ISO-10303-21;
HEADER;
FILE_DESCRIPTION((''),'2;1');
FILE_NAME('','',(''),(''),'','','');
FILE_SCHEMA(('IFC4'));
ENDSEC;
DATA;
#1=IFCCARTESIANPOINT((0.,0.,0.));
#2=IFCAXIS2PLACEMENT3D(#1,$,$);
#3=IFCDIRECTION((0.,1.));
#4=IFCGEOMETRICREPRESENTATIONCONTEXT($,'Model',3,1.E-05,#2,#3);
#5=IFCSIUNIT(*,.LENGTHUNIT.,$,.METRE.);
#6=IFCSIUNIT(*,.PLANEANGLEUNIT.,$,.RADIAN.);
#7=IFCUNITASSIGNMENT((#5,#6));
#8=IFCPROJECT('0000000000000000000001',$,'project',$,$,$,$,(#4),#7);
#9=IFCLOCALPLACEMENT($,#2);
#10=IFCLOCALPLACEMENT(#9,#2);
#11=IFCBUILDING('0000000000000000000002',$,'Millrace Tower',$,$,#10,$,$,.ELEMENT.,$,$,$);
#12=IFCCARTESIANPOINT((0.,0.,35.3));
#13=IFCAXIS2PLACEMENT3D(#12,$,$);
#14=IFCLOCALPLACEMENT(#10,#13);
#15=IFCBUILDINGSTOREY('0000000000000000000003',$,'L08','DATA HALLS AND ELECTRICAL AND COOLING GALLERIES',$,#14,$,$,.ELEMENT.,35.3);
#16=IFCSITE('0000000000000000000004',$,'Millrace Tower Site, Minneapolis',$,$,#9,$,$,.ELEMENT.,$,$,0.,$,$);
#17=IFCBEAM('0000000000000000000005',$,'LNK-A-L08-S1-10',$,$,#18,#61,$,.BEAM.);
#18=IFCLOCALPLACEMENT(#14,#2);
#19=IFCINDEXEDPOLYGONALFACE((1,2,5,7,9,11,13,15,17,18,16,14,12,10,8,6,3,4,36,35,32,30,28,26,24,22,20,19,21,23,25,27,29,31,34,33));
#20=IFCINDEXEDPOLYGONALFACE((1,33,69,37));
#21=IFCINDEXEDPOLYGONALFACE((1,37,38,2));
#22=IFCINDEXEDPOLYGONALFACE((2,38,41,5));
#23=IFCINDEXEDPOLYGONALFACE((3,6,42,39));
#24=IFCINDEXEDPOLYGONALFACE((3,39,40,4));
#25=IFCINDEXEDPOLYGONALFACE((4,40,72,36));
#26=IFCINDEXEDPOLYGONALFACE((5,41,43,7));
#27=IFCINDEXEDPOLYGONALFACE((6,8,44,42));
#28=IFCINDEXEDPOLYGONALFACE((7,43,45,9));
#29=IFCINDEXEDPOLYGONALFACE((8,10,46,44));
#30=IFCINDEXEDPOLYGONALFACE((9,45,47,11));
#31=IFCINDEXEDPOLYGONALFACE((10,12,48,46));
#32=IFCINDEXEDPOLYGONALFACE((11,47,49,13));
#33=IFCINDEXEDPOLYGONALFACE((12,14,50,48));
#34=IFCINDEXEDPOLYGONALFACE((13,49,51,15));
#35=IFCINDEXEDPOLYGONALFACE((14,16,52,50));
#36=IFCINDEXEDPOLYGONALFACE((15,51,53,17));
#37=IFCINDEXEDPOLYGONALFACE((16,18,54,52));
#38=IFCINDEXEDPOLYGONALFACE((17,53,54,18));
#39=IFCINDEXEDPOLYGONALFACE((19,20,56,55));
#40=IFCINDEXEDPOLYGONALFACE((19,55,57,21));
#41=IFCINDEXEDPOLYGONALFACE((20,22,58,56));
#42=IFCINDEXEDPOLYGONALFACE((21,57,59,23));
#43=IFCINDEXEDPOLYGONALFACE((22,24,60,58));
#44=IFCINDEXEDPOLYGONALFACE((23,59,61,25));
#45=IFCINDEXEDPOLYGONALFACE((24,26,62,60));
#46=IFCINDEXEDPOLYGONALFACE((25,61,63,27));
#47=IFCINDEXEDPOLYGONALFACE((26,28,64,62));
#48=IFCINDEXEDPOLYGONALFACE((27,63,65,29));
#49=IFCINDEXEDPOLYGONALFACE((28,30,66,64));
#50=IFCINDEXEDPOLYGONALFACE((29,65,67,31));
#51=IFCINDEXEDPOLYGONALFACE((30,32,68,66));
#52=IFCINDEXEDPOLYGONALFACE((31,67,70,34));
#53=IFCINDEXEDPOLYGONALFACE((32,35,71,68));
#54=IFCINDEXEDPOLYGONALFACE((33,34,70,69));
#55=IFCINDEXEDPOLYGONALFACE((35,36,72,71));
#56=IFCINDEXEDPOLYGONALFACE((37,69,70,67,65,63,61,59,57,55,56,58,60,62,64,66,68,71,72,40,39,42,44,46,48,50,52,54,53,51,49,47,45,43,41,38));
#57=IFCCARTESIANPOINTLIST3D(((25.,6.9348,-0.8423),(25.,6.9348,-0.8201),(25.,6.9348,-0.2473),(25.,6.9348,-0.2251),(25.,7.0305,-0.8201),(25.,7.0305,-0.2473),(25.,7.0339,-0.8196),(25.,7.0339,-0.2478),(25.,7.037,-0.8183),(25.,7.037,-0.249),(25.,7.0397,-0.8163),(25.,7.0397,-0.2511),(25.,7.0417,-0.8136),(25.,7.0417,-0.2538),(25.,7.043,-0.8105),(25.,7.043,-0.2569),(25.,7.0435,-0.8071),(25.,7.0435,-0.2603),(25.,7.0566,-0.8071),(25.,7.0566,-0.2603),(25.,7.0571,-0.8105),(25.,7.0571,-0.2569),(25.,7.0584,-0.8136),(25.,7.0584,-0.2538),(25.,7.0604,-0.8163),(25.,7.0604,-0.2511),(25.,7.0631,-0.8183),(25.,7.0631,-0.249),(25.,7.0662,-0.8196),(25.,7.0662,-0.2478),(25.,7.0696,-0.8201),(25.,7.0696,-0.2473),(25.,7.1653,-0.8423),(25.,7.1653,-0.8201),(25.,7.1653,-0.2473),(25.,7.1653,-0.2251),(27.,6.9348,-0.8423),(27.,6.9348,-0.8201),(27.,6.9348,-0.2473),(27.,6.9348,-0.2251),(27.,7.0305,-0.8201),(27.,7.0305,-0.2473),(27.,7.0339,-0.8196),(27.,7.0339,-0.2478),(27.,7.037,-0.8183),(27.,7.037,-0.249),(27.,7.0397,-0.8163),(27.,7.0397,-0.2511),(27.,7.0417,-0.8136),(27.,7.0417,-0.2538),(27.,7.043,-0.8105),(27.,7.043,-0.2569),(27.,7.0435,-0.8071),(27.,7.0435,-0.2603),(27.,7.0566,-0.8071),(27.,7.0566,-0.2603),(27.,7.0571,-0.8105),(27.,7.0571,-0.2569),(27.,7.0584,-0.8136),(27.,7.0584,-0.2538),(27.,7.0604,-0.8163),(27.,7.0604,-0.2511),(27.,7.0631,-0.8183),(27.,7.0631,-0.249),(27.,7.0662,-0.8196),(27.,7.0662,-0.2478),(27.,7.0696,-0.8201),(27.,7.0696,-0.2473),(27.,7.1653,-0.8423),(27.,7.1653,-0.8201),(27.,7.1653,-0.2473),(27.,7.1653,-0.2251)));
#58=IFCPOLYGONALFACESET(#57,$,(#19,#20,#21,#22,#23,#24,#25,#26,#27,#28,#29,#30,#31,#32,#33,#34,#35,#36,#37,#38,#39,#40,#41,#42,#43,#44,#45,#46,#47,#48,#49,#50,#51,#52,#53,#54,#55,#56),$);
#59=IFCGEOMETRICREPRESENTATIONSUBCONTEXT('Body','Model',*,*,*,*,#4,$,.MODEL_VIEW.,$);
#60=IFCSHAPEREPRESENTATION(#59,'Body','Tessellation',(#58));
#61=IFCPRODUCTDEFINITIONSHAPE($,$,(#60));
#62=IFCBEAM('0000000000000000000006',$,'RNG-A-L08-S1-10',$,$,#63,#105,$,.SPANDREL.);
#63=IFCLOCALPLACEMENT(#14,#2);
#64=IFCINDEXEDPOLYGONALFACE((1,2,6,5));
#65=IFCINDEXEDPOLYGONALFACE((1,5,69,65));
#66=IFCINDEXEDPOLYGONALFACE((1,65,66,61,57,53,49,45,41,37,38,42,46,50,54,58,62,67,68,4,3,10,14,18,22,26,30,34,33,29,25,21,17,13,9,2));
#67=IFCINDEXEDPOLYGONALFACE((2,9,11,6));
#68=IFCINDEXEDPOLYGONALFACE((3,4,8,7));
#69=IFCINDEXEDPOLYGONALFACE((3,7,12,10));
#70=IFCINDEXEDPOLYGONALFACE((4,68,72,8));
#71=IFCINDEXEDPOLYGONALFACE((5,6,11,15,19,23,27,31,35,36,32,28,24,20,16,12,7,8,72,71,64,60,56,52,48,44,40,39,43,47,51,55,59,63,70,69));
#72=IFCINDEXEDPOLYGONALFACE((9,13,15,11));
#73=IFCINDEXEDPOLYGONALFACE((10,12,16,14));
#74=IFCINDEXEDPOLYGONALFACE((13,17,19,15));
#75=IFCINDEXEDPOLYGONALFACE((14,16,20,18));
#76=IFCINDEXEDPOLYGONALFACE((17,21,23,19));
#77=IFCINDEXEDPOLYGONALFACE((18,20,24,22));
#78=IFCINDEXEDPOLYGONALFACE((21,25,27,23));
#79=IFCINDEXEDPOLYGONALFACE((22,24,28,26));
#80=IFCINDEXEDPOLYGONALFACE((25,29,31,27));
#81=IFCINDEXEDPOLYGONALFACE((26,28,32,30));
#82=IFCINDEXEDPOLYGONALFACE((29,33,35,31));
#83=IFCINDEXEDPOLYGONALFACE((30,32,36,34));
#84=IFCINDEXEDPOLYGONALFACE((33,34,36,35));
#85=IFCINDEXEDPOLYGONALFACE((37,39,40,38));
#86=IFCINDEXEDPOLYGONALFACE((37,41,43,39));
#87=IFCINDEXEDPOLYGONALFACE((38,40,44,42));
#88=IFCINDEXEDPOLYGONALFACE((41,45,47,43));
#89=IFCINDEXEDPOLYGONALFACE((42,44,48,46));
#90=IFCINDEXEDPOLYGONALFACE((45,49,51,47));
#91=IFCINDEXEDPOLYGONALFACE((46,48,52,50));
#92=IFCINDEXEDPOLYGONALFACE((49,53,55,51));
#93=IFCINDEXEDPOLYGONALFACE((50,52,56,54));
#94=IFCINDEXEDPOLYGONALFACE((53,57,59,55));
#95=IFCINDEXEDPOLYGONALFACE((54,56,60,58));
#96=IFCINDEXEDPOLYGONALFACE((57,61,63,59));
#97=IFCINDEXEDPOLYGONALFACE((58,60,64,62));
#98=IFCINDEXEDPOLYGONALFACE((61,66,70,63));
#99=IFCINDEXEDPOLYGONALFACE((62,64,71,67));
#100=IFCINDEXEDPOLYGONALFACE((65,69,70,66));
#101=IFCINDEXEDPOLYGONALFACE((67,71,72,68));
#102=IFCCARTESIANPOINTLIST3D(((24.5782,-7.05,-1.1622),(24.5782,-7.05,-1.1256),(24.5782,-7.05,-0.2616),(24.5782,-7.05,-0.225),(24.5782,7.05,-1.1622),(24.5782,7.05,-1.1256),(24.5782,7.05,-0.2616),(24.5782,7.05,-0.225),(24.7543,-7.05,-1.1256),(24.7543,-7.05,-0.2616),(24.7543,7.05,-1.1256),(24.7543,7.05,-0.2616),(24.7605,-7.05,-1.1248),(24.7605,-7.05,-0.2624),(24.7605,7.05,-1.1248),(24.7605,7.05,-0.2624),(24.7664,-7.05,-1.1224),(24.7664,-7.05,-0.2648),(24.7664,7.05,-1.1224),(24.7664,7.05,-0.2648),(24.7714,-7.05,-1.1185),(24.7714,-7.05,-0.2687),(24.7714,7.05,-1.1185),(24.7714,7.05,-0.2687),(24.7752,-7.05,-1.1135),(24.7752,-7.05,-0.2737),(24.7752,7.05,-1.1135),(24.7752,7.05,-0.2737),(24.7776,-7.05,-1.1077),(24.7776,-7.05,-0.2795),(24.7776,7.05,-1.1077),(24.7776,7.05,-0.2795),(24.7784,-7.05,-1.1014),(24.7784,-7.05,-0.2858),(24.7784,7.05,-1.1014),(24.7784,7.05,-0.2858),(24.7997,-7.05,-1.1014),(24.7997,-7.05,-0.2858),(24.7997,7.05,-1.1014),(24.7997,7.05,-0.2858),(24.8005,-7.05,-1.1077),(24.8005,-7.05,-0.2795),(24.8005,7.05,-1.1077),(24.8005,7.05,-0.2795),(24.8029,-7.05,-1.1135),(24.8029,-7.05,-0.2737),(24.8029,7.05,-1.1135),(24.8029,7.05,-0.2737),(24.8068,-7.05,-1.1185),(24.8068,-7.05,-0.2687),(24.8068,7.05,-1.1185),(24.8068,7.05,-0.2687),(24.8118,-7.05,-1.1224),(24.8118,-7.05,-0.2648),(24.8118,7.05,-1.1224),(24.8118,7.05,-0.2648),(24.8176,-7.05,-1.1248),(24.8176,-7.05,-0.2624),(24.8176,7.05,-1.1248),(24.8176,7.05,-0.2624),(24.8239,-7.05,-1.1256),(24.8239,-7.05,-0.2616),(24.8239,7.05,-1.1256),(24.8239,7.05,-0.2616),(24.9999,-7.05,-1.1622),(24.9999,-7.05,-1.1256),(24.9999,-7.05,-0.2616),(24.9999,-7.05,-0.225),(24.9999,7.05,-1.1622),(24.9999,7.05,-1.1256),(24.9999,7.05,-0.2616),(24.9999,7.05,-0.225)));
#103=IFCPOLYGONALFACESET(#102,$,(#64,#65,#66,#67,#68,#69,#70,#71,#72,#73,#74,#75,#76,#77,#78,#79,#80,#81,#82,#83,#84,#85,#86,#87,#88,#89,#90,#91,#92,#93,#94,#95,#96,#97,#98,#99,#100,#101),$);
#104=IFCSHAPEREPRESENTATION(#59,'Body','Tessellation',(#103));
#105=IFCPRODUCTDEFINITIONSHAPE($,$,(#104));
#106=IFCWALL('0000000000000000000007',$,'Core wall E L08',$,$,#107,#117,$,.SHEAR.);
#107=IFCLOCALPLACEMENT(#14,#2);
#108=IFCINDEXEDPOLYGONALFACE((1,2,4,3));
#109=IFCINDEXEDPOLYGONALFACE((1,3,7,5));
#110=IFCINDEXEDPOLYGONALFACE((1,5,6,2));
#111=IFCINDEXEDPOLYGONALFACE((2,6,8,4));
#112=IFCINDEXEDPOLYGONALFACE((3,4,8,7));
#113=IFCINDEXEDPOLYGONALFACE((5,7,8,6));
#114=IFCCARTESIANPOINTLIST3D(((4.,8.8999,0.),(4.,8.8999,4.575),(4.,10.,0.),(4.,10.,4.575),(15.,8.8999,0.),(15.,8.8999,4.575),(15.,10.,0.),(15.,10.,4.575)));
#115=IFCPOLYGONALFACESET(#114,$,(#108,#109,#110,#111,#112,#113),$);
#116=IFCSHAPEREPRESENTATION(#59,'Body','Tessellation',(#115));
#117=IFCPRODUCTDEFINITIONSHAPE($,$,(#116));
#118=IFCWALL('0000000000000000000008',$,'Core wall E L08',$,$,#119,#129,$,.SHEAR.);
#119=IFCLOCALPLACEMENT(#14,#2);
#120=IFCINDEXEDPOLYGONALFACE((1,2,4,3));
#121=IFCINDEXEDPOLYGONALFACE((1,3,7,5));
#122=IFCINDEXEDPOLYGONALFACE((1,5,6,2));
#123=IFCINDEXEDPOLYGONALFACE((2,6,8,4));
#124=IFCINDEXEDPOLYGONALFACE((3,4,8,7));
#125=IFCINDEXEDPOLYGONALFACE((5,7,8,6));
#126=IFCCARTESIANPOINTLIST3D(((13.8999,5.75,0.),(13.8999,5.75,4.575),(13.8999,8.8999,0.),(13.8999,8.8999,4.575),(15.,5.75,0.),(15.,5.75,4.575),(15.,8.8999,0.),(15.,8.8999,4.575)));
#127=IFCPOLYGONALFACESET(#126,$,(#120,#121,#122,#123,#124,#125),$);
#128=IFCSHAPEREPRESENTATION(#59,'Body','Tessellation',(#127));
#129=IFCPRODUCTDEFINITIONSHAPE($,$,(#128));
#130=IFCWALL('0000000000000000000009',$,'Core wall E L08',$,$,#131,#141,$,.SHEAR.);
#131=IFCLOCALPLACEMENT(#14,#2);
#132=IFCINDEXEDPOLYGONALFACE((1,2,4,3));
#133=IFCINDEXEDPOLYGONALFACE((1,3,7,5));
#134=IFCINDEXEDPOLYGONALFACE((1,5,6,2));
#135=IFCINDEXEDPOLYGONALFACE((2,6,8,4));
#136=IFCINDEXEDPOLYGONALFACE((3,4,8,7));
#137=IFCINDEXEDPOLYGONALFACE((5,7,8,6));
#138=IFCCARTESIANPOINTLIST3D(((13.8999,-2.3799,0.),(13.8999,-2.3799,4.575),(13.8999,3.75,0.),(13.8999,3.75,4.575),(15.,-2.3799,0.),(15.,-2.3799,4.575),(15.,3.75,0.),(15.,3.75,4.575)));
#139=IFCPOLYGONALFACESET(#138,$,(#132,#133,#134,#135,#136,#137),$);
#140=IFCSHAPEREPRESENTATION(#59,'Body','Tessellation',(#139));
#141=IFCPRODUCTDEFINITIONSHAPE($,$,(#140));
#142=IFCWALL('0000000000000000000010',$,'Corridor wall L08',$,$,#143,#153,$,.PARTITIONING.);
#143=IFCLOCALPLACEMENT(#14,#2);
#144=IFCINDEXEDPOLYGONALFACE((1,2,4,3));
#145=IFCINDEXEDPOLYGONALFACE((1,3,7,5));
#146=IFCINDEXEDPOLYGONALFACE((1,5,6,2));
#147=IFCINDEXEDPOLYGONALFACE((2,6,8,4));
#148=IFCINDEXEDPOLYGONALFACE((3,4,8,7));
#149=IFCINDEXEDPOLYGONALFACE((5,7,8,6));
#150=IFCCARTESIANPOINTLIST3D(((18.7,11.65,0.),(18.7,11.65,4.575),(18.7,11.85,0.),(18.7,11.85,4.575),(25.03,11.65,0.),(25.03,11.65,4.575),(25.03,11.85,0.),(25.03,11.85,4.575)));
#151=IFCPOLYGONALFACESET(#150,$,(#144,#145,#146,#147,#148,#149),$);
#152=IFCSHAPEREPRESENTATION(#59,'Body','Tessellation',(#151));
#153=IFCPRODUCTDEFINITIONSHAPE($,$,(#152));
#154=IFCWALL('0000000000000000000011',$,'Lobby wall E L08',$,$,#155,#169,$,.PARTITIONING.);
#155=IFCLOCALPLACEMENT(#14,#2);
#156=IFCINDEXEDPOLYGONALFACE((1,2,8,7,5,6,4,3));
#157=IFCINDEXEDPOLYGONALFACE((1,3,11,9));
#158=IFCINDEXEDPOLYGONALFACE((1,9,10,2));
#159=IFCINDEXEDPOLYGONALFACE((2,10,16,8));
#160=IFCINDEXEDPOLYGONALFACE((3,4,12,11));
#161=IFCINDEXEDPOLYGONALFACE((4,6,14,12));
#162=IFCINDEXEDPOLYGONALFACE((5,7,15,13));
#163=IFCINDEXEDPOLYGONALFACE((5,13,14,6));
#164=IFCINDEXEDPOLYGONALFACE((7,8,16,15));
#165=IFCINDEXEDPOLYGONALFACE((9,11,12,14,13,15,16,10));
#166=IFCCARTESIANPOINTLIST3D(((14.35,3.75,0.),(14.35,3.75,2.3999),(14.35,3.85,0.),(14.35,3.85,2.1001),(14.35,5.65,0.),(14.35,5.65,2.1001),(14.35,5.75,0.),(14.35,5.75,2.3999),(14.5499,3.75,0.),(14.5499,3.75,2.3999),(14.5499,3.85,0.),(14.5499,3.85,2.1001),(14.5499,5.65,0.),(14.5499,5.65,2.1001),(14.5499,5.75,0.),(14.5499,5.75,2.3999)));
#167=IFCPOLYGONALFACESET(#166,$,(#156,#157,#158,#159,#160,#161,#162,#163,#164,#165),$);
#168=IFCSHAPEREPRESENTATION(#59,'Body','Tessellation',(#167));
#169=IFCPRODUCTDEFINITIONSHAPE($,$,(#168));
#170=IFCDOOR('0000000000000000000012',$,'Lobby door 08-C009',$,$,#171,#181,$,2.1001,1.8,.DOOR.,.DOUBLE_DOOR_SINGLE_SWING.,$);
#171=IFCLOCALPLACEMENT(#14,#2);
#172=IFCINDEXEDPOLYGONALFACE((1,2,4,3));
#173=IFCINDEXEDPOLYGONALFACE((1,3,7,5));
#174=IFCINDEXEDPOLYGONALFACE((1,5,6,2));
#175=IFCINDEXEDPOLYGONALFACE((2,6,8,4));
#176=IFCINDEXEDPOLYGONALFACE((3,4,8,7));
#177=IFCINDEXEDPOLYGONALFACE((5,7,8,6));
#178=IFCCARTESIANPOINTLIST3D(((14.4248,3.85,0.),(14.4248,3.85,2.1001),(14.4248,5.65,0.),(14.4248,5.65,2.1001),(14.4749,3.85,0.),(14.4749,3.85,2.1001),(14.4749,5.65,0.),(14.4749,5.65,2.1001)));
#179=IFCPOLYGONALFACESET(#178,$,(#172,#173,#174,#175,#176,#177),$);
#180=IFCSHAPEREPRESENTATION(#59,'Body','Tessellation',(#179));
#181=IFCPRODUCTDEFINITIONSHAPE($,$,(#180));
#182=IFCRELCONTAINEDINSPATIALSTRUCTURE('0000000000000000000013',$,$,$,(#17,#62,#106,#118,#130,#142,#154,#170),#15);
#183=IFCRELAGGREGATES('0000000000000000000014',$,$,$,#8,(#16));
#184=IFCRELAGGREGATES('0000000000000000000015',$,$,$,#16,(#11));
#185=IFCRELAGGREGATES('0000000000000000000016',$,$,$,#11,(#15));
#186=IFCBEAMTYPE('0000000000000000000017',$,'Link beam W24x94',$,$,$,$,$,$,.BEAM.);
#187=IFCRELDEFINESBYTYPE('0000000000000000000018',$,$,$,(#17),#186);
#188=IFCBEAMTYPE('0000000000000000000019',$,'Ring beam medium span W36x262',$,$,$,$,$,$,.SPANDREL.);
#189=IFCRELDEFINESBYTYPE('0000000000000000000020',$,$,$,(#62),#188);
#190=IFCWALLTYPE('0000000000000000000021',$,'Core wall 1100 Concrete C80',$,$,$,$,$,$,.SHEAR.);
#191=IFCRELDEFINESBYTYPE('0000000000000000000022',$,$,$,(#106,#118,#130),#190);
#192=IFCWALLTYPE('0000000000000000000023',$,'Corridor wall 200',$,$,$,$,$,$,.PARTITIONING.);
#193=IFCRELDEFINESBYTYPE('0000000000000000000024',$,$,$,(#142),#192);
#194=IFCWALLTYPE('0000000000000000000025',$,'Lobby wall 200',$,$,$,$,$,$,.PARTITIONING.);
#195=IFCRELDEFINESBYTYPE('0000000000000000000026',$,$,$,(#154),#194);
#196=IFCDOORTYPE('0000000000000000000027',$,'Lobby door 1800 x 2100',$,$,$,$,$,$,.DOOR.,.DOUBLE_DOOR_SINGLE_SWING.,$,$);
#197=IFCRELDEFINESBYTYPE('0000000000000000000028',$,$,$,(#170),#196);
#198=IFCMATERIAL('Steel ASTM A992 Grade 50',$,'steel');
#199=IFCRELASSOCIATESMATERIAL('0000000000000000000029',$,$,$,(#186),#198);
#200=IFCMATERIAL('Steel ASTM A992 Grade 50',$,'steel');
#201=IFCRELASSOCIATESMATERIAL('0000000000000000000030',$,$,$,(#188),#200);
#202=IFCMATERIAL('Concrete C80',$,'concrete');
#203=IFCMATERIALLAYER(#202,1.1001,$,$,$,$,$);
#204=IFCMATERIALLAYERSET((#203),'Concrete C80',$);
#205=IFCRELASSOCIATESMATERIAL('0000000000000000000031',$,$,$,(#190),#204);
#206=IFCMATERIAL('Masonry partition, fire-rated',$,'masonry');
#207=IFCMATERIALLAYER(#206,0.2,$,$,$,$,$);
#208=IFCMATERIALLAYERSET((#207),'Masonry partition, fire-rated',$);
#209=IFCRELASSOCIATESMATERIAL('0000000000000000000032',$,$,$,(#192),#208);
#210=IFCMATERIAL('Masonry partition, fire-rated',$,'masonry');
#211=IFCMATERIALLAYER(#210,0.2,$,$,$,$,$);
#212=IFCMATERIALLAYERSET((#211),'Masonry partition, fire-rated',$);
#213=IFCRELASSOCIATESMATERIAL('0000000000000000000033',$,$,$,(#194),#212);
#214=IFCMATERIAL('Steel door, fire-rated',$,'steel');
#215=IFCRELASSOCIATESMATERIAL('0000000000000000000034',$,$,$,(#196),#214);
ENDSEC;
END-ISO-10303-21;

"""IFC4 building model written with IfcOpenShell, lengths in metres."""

from ifc_helpers import new_model, si_unit, direction, frame, frame_2d, origin, origin_2d, place, context, subcontext, project, spatial, rectangle, i_section, extrude, material, layer, layer_set, material_profile, profile_set, type_object, element, fill, save


model = new_model("IFC4")

# Units and contexts
model_context = context("Model", 3, precision=1e-05, world=origin(), true_north=direction((0.0, 1.0)))
body_context = subcontext(model_context, "Body", "Model", "MODEL_VIEW")
ifc_project = project(units=[si_unit("LENGTHUNIT", "METRE"), si_unit("PLANEANGLEUNIT", "RADIAN")], contexts=[model_context])

# Site, building, storey
site_placement = place(None, origin())
site = spatial("IfcSite", under=ifc_project, at=site_placement, Name="Millrace Tower Site, Minneapolis", CompositionType="ELEMENT", RefElevation=0.0)
building_placement = place(site_placement, origin())
building = spatial("IfcBuilding", under=site, at=building_placement, Name="Millrace Tower", CompositionType="ELEMENT")
storey_placement = place(building_placement, frame((0.0, 0.0, 35.3)))
storey = spatial("IfcBuildingStorey", under=building, at=storey_placement, Name="L08", Description="DATA HALLS AND ELECTRICAL AND COOLING GALLERIES", CompositionType="ELEMENT", Elevation=35.3)

# Beams
ifc_material_1 = material(Name="Steel ASTM A992 Grade 50", Category="steel")
ifc_material_profile_1 = material_profile(ifc_material_1, i_section(OverallWidth=0.2305, OverallDepth=0.6172, WebThickness=0.0132, FlangeThickness=0.0222, FilletRadius=0.0129, at=origin_2d()))
ifc_profile_set_1 = profile_set([ifc_material_profile_1], Name="Steel ASTM A992 Grade 50")
beam_type_1 = type_object("IfcBeamType", Name="Link beam W24x94", PredefinedType="BEAM", material=ifc_profile_set_1)
beam_1_placement = place(storey_placement, frame((25.0, 7.05, -0.5337), z_axis=(1.0, 0.0, 0.0), x_axis=(0.0, 1.0, 0.0)))
element("IfcBeam", 1, at=beam_1_placement, inside=storey, type_object=beam_type_1, Name="LNK-A-L08-S1-10", PredefinedType="BEAM", context=body_context, shape_type="SweptSolid", body=[
    extrude(i_section(OverallWidth=0.2305, OverallDepth=0.6172, WebThickness=0.0132, FlangeThickness=0.0222, FilletRadius=0.0129, at=origin_2d()), origin(), (0.0, 0.0, 1.0), 2.0),
])
ifc_material_2 = material(Name="Steel ASTM A992 Grade 50", Category="steel")
ifc_material_profile_2 = material_profile(ifc_material_2, i_section(OverallWidth=0.4216, OverallDepth=0.9373, WebThickness=0.0212, FlangeThickness=0.0366, FilletRadius=0.0242, at=origin_2d()))
ifc_profile_set_2 = profile_set([ifc_material_profile_2], Name="Steel ASTM A992 Grade 50")
beam_type_2 = type_object("IfcBeamType", Name="Ring beam medium span W36x262", PredefinedType="SPANDREL", material=ifc_profile_set_2)
beam_2_placement = place(storey_placement, frame((24.7891, 7.05, -0.6936), z_axis=(0.0, -1.0, 0.0), x_axis=(1.0, 0.0, 0.0)))
element("IfcBeam", 2, at=beam_2_placement, inside=storey, type_object=beam_type_2, Name="RNG-A-L08-S1-10", PredefinedType="SPANDREL", context=body_context, shape_type="SweptSolid", body=[
    extrude(i_section(OverallWidth=0.4216, OverallDepth=0.9373, WebThickness=0.0212, FlangeThickness=0.0366, FilletRadius=0.0242, at=origin_2d()), origin(), (0.0, 0.0, 1.0), 14.1001),
])

# Walls
ifc_material_3 = material(Name="Concrete C80", Category="concrete")
ifc_layer_1 = layer(ifc_material_3, 1.1001)
ifc_layer_set_1 = layer_set([ifc_layer_1], Name="Concrete C80")
wall_type_1 = type_object("IfcWallType", Name="Core wall 1100 Concrete C80", PredefinedType="SHEAR", material=ifc_layer_set_1)
wall_1_placement = place(storey_placement, frame((15.0, 9.45, 0.0), z_axis=(0.0, 0.0, 1.0), x_axis=(-1.0, 0.0, 0.0)))
element("IfcWall", 3, at=wall_1_placement, inside=storey, type_object=wall_type_1, Name="Core wall E L08", PredefinedType="SHEAR", context=body_context, shape_type="SweptSolid", body=[
    extrude(rectangle(XDim=11.0, YDim=1.1001, at=frame_2d((5.5, 0.0))), origin(), (0.0, 0.0, 1.0), 4.575),
])
wall_2_placement = place(storey_placement, frame((14.45, 8.8999, 0.0), z_axis=(0.0, 0.0, 1.0), x_axis=(0.0, -1.0, 0.0)))
element("IfcWall", 4, at=wall_2_placement, inside=storey, type_object=wall_type_1, Name="Core wall E L08", PredefinedType="SHEAR", context=body_context, shape_type="SweptSolid", body=[
    extrude(rectangle(XDim=3.1499, YDim=1.1001, at=frame_2d((1.575, 0.0))), origin(), (0.0, 0.0, 1.0), 4.575),
])
wall_3_placement = place(storey_placement, frame((14.45, 3.75, 0.0), z_axis=(0.0, 0.0, 1.0), x_axis=(0.0, -1.0, 0.0)))
element("IfcWall", 5, at=wall_3_placement, inside=storey, type_object=wall_type_1, Name="Core wall E L08", PredefinedType="SHEAR", context=body_context, shape_type="SweptSolid", body=[
    extrude(rectangle(XDim=6.1299, YDim=1.1001, at=frame_2d((3.0649, 0.0))), origin(), (0.0, 0.0, 1.0), 4.575),
])
ifc_material_4 = material(Name="Masonry partition, fire-rated", Category="masonry")
ifc_layer_2 = layer(ifc_material_4, 0.2)
ifc_layer_set_2 = layer_set([ifc_layer_2], Name="Masonry partition, fire-rated")
wall_type_2 = type_object("IfcWallType", Name="Corridor wall 200", PredefinedType="PARTITIONING", material=ifc_layer_set_2)
wall_4_placement = place(storey_placement, frame((18.7, 11.75, 0.0), z_axis=(0.0, 0.0, 1.0), x_axis=(1.0, 0.0, 0.0)))
element("IfcWall", 6, at=wall_4_placement, inside=storey, type_object=wall_type_2, Name="Corridor wall L08", PredefinedType="PARTITIONING", context=body_context, shape_type="SweptSolid", body=[
    extrude(rectangle(XDim=6.3301, YDim=0.2, at=frame_2d((3.165, 0.0))), origin(), (0.0, 0.0, 1.0), 4.575),
])

# Wall, opening, door
ifc_material_5 = material(Name="Masonry partition, fire-rated", Category="masonry")
ifc_layer_3 = layer(ifc_material_5, 0.2)
ifc_layer_set_3 = layer_set([ifc_layer_3], Name="Masonry partition, fire-rated")
wall_type_3 = type_object("IfcWallType", Name="Lobby wall 200", PredefinedType="PARTITIONING", material=ifc_layer_set_3)
wall_5_placement = place(storey_placement, frame((14.45, 5.75, 0.0), z_axis=(0.0, 0.0, 1.0), x_axis=(0.0, -1.0, 0.0)))
wall_5 = element("IfcWall", 7, at=wall_5_placement, inside=storey, type_object=wall_type_3, Name="Lobby wall E L08", PredefinedType="PARTITIONING", context=body_context, shape_type="SweptSolid", body=[
    extrude(rectangle(XDim=2.0, YDim=0.2, at=frame_2d((1.0, 0.0))), origin(), (0.0, 0.0, 1.0), 2.3999),
])
opening_1_placement = place(wall_5_placement, frame((0.1001, 0.0, 0.0)))
opening_1 = element("IfcOpeningElement", 8, at=opening_1_placement, cuts=wall_5, PredefinedType="OPENING", context=body_context, shape_type="SweptSolid", body=[
    extrude(rectangle(XDim=1.8, YDim=2.1001, at=frame_2d((0.8999, 1.05))), frame((0.0, 0.1099, 0.0), z_axis=(0.0, -1.0, 0.0), x_axis=(1.0, 0.0, 0.0)), (0.0, 0.0, 1.0), 0.22),
])
ifc_material_6 = material(Name="Steel door, fire-rated", Category="steel")
door_type_1 = type_object("IfcDoorType", Name="Lobby door 1800 x 2100", OperationType="DOUBLE_DOOR_SINGLE_SWING", PredefinedType="DOOR", material=ifc_material_6)
door_1_placement = place(opening_1_placement, origin())
door_1 = element("IfcDoor", 9, at=door_1_placement, inside=storey, type_object=door_type_1, Name="Lobby door 08-C009", OperationType="DOUBLE_DOOR_SINGLE_SWING", OverallHeight=2.1001, OverallWidth=1.8, PredefinedType="DOOR", context=body_context, shape_type="SweptSolid", body=[
    extrude(rectangle(XDim=1.8, YDim=2.1001, at=frame_2d((0.8999, 1.05))), frame((0.0, 0.0249, 0.0), z_axis=(0.0, -1.0, 0.0), x_axis=(1.0, 0.0, 0.0)), (0.0, 0.0, 1.0), 0.05),
])
fill(opening_1, door_1)

save(model, "model.ifc")
